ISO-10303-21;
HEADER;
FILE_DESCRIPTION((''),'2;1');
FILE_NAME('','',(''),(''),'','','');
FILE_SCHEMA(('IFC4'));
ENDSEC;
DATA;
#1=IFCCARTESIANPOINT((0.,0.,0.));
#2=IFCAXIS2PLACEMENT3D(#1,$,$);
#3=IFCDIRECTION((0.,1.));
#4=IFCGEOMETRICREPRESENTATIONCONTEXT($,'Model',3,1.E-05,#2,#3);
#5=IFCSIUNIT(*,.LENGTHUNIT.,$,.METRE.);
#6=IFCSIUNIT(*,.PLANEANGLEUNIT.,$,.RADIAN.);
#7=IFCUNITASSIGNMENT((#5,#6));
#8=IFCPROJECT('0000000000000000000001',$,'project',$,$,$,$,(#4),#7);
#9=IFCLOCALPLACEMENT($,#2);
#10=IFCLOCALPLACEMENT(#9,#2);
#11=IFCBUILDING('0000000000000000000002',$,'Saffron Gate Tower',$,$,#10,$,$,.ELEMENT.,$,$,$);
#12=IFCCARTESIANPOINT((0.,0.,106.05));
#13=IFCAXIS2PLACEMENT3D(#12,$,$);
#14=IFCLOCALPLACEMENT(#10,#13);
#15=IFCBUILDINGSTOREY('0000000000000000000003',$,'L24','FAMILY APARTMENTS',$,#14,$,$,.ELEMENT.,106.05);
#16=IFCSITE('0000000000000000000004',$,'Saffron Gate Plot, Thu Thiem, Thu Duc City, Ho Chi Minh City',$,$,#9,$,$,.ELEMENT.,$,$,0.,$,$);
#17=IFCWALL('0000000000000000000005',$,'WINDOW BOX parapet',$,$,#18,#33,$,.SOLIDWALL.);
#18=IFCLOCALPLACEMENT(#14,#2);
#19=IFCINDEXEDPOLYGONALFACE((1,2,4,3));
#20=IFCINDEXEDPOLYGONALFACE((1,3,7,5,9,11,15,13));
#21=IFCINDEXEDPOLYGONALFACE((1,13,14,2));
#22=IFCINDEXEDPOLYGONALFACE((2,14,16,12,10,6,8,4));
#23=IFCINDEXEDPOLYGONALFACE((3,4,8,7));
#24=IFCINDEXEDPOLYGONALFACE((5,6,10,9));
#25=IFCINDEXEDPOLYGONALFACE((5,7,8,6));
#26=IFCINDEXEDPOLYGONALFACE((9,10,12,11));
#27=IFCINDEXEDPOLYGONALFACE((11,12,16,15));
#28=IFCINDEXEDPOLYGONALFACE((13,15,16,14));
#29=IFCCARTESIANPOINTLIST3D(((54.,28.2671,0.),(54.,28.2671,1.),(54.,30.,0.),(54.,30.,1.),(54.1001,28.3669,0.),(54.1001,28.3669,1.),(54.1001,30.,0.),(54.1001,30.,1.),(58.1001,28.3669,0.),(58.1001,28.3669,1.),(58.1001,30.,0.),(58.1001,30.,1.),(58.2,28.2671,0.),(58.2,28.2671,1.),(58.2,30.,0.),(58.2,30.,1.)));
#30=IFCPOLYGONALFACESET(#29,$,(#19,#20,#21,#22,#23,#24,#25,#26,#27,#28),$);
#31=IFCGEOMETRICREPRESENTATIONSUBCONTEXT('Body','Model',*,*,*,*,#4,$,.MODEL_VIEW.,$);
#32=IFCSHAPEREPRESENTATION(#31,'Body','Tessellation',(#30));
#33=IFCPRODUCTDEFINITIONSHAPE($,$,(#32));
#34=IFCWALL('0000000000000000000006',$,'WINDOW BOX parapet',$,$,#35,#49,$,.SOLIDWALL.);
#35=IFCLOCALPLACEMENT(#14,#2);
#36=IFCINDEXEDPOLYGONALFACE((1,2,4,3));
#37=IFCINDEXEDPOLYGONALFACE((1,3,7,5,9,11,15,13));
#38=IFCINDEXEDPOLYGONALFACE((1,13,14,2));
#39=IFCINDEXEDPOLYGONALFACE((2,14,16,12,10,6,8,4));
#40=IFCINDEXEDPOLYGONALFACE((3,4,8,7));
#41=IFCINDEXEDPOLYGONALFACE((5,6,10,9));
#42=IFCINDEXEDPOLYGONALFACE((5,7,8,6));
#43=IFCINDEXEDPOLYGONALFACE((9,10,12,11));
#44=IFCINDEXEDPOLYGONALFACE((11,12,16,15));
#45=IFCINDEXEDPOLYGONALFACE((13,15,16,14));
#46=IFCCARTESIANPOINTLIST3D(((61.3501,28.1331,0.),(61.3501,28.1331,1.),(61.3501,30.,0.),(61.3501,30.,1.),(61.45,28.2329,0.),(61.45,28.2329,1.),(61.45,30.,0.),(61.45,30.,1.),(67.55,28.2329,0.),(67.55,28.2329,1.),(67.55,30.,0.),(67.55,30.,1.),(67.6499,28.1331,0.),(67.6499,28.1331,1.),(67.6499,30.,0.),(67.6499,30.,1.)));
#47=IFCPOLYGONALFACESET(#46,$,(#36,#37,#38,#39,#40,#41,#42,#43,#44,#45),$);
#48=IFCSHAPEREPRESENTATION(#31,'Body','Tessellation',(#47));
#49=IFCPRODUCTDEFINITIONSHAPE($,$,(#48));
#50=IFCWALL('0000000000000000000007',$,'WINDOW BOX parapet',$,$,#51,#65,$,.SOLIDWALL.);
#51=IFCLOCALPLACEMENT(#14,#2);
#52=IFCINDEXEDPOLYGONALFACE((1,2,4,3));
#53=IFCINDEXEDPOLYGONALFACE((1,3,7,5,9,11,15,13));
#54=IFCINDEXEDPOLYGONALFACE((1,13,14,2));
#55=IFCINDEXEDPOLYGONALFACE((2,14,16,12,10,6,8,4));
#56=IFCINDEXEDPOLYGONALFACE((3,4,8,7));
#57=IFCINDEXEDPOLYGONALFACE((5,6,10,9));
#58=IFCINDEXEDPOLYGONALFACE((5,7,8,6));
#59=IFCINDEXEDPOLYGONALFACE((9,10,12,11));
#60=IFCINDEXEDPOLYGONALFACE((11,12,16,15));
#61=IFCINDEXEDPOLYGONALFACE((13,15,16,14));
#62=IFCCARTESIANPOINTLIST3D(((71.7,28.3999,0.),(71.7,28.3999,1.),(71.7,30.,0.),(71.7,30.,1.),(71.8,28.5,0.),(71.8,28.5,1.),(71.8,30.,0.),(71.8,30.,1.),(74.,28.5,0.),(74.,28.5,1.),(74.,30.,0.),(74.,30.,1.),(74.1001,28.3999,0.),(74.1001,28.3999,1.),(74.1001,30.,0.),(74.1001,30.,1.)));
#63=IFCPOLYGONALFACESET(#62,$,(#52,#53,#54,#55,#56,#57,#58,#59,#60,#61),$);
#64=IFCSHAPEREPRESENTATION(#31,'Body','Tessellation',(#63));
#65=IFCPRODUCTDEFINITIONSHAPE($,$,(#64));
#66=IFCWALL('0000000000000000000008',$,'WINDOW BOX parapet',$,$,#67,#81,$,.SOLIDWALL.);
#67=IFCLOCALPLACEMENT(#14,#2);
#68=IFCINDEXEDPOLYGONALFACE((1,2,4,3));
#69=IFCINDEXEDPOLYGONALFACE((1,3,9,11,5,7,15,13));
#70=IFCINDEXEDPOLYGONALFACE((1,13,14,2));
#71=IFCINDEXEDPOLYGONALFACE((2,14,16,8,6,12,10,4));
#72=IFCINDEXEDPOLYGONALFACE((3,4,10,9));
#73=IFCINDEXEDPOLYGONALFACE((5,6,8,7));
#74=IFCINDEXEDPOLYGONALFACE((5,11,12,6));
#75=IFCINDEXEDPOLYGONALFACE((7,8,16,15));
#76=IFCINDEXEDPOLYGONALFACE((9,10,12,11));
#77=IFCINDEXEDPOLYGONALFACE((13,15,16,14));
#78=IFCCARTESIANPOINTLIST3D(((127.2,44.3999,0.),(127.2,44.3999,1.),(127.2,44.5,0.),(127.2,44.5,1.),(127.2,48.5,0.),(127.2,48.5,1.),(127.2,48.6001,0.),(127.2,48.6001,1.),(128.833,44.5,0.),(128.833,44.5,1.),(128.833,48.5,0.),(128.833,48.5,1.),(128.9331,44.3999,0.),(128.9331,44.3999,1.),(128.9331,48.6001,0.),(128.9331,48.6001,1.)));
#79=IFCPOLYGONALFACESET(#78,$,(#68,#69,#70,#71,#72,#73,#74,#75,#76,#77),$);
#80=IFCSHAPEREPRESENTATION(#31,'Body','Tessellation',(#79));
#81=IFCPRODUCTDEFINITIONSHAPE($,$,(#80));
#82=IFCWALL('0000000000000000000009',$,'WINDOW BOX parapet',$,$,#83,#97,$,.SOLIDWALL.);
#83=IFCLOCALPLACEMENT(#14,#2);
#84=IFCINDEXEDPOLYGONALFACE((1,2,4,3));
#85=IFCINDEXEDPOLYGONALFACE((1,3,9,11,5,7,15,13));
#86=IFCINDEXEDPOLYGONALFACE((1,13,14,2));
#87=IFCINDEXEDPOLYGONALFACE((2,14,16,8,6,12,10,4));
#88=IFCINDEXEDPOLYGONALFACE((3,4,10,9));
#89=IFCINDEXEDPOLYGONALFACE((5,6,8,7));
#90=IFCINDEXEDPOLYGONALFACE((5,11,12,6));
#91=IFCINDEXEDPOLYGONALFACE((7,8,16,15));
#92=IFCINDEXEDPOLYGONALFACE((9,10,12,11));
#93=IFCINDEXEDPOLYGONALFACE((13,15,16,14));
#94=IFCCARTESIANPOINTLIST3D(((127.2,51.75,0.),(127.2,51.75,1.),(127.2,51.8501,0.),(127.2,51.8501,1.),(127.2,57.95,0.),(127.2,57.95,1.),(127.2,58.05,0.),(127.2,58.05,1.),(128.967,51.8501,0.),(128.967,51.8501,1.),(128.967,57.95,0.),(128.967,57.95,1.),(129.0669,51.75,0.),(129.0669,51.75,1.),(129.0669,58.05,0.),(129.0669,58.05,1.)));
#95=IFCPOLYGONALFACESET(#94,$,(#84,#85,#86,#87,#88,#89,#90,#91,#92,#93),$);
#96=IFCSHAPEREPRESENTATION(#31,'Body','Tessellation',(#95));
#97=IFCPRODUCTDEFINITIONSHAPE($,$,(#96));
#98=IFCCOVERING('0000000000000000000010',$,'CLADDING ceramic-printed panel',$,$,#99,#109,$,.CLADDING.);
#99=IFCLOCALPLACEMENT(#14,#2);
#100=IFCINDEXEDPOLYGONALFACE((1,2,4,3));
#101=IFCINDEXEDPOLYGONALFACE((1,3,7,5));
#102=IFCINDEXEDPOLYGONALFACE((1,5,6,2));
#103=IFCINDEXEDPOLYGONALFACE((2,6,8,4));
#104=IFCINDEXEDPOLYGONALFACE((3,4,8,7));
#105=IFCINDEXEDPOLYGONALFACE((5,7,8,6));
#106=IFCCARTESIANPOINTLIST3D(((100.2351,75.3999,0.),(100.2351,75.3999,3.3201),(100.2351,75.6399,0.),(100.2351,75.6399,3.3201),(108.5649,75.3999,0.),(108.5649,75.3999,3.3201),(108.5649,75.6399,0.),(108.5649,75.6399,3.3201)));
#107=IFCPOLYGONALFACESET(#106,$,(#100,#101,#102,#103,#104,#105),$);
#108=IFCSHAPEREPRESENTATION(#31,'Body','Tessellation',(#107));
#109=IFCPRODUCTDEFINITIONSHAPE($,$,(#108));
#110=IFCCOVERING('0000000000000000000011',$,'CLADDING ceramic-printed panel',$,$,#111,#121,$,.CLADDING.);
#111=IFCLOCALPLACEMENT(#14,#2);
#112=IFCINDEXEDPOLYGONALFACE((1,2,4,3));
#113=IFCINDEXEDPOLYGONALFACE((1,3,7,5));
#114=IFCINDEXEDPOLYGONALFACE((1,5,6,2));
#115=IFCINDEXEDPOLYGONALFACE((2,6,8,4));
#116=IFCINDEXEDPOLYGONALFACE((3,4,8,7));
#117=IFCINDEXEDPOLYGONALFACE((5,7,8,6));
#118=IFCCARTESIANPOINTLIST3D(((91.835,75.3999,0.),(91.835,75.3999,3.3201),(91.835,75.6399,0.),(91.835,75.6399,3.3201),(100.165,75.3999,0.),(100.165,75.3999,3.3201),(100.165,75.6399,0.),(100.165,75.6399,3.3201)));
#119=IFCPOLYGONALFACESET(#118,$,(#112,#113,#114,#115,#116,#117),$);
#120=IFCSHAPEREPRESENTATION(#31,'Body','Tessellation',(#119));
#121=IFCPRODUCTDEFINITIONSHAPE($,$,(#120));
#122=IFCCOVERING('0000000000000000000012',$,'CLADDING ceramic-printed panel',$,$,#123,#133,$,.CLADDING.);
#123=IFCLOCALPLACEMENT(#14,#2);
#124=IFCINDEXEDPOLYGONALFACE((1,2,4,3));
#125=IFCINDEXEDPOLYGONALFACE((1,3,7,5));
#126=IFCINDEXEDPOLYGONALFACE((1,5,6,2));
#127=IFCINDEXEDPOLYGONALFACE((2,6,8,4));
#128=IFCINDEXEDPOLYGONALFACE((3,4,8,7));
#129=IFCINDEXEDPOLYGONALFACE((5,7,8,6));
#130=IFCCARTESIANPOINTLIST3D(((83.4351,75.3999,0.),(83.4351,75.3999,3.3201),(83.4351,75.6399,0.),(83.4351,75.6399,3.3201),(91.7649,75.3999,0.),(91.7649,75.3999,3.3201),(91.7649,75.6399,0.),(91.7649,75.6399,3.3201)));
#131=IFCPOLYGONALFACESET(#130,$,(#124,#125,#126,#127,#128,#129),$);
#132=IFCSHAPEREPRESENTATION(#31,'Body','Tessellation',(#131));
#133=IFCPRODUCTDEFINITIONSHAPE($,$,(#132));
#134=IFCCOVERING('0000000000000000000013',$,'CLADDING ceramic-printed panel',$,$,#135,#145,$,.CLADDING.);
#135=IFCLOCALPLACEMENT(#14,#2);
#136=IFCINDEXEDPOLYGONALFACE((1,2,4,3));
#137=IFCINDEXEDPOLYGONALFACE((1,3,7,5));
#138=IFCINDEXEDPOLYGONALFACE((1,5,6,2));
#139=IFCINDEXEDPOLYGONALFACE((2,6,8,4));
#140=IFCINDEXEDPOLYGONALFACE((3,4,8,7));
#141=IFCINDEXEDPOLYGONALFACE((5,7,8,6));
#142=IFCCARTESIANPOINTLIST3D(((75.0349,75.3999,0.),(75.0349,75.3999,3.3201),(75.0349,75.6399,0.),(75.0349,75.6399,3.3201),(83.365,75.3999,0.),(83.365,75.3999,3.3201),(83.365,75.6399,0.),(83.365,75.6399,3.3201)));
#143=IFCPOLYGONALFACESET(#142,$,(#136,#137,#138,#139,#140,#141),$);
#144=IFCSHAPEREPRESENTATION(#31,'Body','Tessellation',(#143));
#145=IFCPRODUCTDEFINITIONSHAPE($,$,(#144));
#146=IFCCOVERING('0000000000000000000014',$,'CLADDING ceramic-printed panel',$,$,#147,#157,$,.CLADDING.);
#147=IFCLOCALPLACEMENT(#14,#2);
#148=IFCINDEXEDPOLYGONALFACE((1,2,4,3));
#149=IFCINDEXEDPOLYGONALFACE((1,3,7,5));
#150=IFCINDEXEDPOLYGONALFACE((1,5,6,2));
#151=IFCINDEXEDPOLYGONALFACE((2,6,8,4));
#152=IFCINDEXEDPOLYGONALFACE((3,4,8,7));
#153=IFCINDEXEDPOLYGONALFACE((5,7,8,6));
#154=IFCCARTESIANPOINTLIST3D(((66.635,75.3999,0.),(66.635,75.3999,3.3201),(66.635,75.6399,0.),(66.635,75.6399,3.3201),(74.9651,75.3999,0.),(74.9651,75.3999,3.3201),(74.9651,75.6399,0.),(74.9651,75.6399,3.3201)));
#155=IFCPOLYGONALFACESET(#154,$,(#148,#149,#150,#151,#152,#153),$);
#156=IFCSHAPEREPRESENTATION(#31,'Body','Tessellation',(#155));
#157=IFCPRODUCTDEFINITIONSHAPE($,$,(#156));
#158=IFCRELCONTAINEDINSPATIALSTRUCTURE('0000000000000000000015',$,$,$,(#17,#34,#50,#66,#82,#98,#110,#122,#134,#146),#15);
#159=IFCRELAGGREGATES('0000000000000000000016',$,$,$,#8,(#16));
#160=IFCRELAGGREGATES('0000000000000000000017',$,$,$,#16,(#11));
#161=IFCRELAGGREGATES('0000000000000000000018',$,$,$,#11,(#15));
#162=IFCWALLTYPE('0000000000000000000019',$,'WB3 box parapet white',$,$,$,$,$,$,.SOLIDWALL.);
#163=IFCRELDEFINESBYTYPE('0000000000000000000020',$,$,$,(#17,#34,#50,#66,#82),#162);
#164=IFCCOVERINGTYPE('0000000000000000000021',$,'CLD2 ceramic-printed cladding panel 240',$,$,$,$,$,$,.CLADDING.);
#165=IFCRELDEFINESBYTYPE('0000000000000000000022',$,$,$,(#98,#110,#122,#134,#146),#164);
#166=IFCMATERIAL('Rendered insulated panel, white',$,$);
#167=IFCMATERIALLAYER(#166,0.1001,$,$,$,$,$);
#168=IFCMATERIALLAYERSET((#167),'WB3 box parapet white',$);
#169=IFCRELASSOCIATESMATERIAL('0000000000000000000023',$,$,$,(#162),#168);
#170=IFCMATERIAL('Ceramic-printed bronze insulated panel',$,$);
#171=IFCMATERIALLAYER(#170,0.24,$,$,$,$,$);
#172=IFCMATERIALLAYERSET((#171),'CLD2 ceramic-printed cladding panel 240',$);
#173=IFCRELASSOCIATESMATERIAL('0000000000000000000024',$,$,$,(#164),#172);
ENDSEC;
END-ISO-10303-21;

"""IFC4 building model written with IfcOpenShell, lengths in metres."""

from ifc_helpers import new_model, si_unit, direction, frame, origin, place, context, subcontext, project, spatial, polyline, outline, extrude, material, layer, layer_set, type_object, element, save


model = new_model("IFC4")

# Units and contexts
model_context = context("Model", 3, precision=1e-05, world=origin(), true_north=direction((0.0, 1.0)))
body_context = subcontext(model_context, "Body", "Model", "MODEL_VIEW")
ifc_project = project(units=[si_unit("LENGTHUNIT", "METRE"), si_unit("PLANEANGLEUNIT", "RADIAN")], contexts=[model_context])

# Site, building, storey
site_placement = place(None, origin())
site = spatial("IfcSite", under=ifc_project, at=site_placement, Name="Saffron Gate Plot, Thu Thiem, Thu Duc City, Ho Chi Minh City", CompositionType="ELEMENT", RefElevation=0.0)
building_placement = place(site_placement, origin())
building = spatial("IfcBuilding", under=site, at=building_placement, Name="Saffron Gate Tower", CompositionType="ELEMENT")
storey_placement = place(building_placement, frame((0.0, 0.0, 106.05)))
storey = spatial("IfcBuildingStorey", under=building, at=storey_placement, Name="L24", Description="FAMILY APARTMENTS", CompositionType="ELEMENT", Elevation=106.05)

# Walls
ifc_material_1 = material(Name="Rendered insulated panel, white")
ifc_layer_1 = layer(ifc_material_1, 0.1001)
ifc_layer_set_1 = layer_set([ifc_layer_1], Name="WB3 box parapet white")
wall_type = type_object("IfcWallType", Name="WB3 box parapet white", PredefinedType="SOLIDWALL", material=ifc_layer_set_1)
wall_1_placement = place(storey_placement, origin())
element("IfcWall", 1, at=wall_1_placement, inside=storey, type_object=wall_type, Name="WINDOW BOX parapet", PredefinedType="SOLIDWALL", context=body_context, shape_type="SweptSolid", body=[
    extrude(outline(polyline([(54.0, 30.0), (54.1001, 30.0), (54.1001, 28.3669), (58.1001, 28.3669), (58.1001, 30.0), (58.2, 30.0), (58.2, 28.2671), (54.0, 28.2671), (54.0, 30.0)])), origin(), (0.0, 0.0, 1.0), 1.0),
])
wall_2_placement = place(storey_placement, origin())
element("IfcWall", 2, at=wall_2_placement, inside=storey, type_object=wall_type, Name="WINDOW BOX parapet", PredefinedType="SOLIDWALL", context=body_context, shape_type="SweptSolid", body=[
    extrude(outline(polyline([(61.3501, 30.0), (61.45, 30.0), (61.45, 28.2329), (67.55, 28.2329), (67.55, 30.0), (67.6499, 30.0), (67.6499, 28.1331), (61.3501, 28.1331), (61.3501, 30.0)])), origin(), (0.0, 0.0, 1.0), 1.0),
])
wall_3_placement = place(storey_placement, origin())
element("IfcWall", 3, at=wall_3_placement, inside=storey, type_object=wall_type, Name="WINDOW BOX parapet", PredefinedType="SOLIDWALL", context=body_context, shape_type="SweptSolid", body=[
    extrude(outline(polyline([(71.7, 30.0), (71.8, 30.0), (71.8, 28.5), (74.0, 28.5), (74.0, 30.0), (74.1001, 30.0), (74.1001, 28.3999), (71.7, 28.3999), (71.7, 30.0)])), origin(), (0.0, 0.0, 1.0), 1.0),
])
wall_4_placement = place(storey_placement, origin())
element("IfcWall", 4, at=wall_4_placement, inside=storey, type_object=wall_type, Name="WINDOW BOX parapet", PredefinedType="SOLIDWALL", context=body_context, shape_type="SweptSolid", body=[
    extrude(outline(polyline([(127.2, 44.3999), (127.2, 44.5), (128.833, 44.5), (128.833, 48.5), (127.2, 48.5), (127.2, 48.6001), (128.9331, 48.6001), (128.9331, 44.3999), (127.2, 44.3999)])), origin(), (0.0, 0.0, 1.0), 1.0),
])
wall_5_placement = place(storey_placement, origin())
element("IfcWall", 5, at=wall_5_placement, inside=storey, type_object=wall_type, Name="WINDOW BOX parapet", PredefinedType="SOLIDWALL", context=body_context, shape_type="SweptSolid", body=[
    extrude(outline(polyline([(127.2, 51.75), (127.2, 51.8501), (128.967, 51.8501), (128.967, 57.95), (127.2, 57.95), (127.2, 58.05), (129.0669, 58.05), (129.0669, 51.75), (127.2, 51.75)])), origin(), (0.0, 0.0, 1.0), 1.0),
])

# Coverings
ifc_material_2 = material(Name="Ceramic-printed bronze insulated panel")
ifc_layer_2 = layer(ifc_material_2, 0.24)
ifc_layer_set_2 = layer_set([ifc_layer_2], Name="CLD2 ceramic-printed cladding panel 240")
covering_type = type_object("IfcCoveringType", Name="CLD2 ceramic-printed cladding panel 240", PredefinedType="CLADDING", material=ifc_layer_set_2)
covering_1_placement = place(storey_placement, origin())
element("IfcCovering", 6, at=covering_1_placement, inside=storey, type_object=covering_type, Name="CLADDING ceramic-printed panel", PredefinedType="CLADDING", context=body_context, shape_type="SweptSolid", body=[
    extrude(outline(polyline([(108.5649, 75.6399), (100.2351, 75.6399), (100.2351, 75.3999), (108.5649, 75.3999), (108.5649, 75.6399)])), origin(), (0.0, 0.0, 1.0), 3.3201),
])
covering_2_placement = place(storey_placement, origin())
element("IfcCovering", 7, at=covering_2_placement, inside=storey, type_object=covering_type, Name="CLADDING ceramic-printed panel", PredefinedType="CLADDING", context=body_context, shape_type="SweptSolid", body=[
    extrude(outline(polyline([(100.165, 75.6399), (91.835, 75.6399), (91.835, 75.3999), (100.165, 75.3999), (100.165, 75.6399)])), origin(), (0.0, 0.0, 1.0), 3.3201),
])
covering_3_placement = place(storey_placement, origin())
element("IfcCovering", 8, at=covering_3_placement, inside=storey, type_object=covering_type, Name="CLADDING ceramic-printed panel", PredefinedType="CLADDING", context=body_context, shape_type="SweptSolid", body=[
    extrude(outline(polyline([(91.7649, 75.6399), (83.4351, 75.6399), (83.4351, 75.3999), (91.7649, 75.3999), (91.7649, 75.6399)])), origin(), (0.0, 0.0, 1.0), 3.3201),
])
covering_4_placement = place(storey_placement, origin())
element("IfcCovering", 9, at=covering_4_placement, inside=storey, type_object=covering_type, Name="CLADDING ceramic-printed panel", PredefinedType="CLADDING", context=body_context, shape_type="SweptSolid", body=[
    extrude(outline(polyline([(83.365, 75.6399), (75.0349, 75.6399), (75.0349, 75.3999), (83.365, 75.3999), (83.365, 75.6399)])), origin(), (0.0, 0.0, 1.0), 3.3201),
])
covering_5_placement = place(storey_placement, origin())
element("IfcCovering", 10, at=covering_5_placement, inside=storey, type_object=covering_type, Name="CLADDING ceramic-printed panel", PredefinedType="CLADDING", context=body_context, shape_type="SweptSolid", body=[
    extrude(outline(polyline([(74.9651, 75.6399), (66.635, 75.6399), (66.635, 75.3999), (74.9651, 75.3999), (74.9651, 75.6399)])), origin(), (0.0, 0.0, 1.0), 3.3201),
])

save(model, "model.ifc")
